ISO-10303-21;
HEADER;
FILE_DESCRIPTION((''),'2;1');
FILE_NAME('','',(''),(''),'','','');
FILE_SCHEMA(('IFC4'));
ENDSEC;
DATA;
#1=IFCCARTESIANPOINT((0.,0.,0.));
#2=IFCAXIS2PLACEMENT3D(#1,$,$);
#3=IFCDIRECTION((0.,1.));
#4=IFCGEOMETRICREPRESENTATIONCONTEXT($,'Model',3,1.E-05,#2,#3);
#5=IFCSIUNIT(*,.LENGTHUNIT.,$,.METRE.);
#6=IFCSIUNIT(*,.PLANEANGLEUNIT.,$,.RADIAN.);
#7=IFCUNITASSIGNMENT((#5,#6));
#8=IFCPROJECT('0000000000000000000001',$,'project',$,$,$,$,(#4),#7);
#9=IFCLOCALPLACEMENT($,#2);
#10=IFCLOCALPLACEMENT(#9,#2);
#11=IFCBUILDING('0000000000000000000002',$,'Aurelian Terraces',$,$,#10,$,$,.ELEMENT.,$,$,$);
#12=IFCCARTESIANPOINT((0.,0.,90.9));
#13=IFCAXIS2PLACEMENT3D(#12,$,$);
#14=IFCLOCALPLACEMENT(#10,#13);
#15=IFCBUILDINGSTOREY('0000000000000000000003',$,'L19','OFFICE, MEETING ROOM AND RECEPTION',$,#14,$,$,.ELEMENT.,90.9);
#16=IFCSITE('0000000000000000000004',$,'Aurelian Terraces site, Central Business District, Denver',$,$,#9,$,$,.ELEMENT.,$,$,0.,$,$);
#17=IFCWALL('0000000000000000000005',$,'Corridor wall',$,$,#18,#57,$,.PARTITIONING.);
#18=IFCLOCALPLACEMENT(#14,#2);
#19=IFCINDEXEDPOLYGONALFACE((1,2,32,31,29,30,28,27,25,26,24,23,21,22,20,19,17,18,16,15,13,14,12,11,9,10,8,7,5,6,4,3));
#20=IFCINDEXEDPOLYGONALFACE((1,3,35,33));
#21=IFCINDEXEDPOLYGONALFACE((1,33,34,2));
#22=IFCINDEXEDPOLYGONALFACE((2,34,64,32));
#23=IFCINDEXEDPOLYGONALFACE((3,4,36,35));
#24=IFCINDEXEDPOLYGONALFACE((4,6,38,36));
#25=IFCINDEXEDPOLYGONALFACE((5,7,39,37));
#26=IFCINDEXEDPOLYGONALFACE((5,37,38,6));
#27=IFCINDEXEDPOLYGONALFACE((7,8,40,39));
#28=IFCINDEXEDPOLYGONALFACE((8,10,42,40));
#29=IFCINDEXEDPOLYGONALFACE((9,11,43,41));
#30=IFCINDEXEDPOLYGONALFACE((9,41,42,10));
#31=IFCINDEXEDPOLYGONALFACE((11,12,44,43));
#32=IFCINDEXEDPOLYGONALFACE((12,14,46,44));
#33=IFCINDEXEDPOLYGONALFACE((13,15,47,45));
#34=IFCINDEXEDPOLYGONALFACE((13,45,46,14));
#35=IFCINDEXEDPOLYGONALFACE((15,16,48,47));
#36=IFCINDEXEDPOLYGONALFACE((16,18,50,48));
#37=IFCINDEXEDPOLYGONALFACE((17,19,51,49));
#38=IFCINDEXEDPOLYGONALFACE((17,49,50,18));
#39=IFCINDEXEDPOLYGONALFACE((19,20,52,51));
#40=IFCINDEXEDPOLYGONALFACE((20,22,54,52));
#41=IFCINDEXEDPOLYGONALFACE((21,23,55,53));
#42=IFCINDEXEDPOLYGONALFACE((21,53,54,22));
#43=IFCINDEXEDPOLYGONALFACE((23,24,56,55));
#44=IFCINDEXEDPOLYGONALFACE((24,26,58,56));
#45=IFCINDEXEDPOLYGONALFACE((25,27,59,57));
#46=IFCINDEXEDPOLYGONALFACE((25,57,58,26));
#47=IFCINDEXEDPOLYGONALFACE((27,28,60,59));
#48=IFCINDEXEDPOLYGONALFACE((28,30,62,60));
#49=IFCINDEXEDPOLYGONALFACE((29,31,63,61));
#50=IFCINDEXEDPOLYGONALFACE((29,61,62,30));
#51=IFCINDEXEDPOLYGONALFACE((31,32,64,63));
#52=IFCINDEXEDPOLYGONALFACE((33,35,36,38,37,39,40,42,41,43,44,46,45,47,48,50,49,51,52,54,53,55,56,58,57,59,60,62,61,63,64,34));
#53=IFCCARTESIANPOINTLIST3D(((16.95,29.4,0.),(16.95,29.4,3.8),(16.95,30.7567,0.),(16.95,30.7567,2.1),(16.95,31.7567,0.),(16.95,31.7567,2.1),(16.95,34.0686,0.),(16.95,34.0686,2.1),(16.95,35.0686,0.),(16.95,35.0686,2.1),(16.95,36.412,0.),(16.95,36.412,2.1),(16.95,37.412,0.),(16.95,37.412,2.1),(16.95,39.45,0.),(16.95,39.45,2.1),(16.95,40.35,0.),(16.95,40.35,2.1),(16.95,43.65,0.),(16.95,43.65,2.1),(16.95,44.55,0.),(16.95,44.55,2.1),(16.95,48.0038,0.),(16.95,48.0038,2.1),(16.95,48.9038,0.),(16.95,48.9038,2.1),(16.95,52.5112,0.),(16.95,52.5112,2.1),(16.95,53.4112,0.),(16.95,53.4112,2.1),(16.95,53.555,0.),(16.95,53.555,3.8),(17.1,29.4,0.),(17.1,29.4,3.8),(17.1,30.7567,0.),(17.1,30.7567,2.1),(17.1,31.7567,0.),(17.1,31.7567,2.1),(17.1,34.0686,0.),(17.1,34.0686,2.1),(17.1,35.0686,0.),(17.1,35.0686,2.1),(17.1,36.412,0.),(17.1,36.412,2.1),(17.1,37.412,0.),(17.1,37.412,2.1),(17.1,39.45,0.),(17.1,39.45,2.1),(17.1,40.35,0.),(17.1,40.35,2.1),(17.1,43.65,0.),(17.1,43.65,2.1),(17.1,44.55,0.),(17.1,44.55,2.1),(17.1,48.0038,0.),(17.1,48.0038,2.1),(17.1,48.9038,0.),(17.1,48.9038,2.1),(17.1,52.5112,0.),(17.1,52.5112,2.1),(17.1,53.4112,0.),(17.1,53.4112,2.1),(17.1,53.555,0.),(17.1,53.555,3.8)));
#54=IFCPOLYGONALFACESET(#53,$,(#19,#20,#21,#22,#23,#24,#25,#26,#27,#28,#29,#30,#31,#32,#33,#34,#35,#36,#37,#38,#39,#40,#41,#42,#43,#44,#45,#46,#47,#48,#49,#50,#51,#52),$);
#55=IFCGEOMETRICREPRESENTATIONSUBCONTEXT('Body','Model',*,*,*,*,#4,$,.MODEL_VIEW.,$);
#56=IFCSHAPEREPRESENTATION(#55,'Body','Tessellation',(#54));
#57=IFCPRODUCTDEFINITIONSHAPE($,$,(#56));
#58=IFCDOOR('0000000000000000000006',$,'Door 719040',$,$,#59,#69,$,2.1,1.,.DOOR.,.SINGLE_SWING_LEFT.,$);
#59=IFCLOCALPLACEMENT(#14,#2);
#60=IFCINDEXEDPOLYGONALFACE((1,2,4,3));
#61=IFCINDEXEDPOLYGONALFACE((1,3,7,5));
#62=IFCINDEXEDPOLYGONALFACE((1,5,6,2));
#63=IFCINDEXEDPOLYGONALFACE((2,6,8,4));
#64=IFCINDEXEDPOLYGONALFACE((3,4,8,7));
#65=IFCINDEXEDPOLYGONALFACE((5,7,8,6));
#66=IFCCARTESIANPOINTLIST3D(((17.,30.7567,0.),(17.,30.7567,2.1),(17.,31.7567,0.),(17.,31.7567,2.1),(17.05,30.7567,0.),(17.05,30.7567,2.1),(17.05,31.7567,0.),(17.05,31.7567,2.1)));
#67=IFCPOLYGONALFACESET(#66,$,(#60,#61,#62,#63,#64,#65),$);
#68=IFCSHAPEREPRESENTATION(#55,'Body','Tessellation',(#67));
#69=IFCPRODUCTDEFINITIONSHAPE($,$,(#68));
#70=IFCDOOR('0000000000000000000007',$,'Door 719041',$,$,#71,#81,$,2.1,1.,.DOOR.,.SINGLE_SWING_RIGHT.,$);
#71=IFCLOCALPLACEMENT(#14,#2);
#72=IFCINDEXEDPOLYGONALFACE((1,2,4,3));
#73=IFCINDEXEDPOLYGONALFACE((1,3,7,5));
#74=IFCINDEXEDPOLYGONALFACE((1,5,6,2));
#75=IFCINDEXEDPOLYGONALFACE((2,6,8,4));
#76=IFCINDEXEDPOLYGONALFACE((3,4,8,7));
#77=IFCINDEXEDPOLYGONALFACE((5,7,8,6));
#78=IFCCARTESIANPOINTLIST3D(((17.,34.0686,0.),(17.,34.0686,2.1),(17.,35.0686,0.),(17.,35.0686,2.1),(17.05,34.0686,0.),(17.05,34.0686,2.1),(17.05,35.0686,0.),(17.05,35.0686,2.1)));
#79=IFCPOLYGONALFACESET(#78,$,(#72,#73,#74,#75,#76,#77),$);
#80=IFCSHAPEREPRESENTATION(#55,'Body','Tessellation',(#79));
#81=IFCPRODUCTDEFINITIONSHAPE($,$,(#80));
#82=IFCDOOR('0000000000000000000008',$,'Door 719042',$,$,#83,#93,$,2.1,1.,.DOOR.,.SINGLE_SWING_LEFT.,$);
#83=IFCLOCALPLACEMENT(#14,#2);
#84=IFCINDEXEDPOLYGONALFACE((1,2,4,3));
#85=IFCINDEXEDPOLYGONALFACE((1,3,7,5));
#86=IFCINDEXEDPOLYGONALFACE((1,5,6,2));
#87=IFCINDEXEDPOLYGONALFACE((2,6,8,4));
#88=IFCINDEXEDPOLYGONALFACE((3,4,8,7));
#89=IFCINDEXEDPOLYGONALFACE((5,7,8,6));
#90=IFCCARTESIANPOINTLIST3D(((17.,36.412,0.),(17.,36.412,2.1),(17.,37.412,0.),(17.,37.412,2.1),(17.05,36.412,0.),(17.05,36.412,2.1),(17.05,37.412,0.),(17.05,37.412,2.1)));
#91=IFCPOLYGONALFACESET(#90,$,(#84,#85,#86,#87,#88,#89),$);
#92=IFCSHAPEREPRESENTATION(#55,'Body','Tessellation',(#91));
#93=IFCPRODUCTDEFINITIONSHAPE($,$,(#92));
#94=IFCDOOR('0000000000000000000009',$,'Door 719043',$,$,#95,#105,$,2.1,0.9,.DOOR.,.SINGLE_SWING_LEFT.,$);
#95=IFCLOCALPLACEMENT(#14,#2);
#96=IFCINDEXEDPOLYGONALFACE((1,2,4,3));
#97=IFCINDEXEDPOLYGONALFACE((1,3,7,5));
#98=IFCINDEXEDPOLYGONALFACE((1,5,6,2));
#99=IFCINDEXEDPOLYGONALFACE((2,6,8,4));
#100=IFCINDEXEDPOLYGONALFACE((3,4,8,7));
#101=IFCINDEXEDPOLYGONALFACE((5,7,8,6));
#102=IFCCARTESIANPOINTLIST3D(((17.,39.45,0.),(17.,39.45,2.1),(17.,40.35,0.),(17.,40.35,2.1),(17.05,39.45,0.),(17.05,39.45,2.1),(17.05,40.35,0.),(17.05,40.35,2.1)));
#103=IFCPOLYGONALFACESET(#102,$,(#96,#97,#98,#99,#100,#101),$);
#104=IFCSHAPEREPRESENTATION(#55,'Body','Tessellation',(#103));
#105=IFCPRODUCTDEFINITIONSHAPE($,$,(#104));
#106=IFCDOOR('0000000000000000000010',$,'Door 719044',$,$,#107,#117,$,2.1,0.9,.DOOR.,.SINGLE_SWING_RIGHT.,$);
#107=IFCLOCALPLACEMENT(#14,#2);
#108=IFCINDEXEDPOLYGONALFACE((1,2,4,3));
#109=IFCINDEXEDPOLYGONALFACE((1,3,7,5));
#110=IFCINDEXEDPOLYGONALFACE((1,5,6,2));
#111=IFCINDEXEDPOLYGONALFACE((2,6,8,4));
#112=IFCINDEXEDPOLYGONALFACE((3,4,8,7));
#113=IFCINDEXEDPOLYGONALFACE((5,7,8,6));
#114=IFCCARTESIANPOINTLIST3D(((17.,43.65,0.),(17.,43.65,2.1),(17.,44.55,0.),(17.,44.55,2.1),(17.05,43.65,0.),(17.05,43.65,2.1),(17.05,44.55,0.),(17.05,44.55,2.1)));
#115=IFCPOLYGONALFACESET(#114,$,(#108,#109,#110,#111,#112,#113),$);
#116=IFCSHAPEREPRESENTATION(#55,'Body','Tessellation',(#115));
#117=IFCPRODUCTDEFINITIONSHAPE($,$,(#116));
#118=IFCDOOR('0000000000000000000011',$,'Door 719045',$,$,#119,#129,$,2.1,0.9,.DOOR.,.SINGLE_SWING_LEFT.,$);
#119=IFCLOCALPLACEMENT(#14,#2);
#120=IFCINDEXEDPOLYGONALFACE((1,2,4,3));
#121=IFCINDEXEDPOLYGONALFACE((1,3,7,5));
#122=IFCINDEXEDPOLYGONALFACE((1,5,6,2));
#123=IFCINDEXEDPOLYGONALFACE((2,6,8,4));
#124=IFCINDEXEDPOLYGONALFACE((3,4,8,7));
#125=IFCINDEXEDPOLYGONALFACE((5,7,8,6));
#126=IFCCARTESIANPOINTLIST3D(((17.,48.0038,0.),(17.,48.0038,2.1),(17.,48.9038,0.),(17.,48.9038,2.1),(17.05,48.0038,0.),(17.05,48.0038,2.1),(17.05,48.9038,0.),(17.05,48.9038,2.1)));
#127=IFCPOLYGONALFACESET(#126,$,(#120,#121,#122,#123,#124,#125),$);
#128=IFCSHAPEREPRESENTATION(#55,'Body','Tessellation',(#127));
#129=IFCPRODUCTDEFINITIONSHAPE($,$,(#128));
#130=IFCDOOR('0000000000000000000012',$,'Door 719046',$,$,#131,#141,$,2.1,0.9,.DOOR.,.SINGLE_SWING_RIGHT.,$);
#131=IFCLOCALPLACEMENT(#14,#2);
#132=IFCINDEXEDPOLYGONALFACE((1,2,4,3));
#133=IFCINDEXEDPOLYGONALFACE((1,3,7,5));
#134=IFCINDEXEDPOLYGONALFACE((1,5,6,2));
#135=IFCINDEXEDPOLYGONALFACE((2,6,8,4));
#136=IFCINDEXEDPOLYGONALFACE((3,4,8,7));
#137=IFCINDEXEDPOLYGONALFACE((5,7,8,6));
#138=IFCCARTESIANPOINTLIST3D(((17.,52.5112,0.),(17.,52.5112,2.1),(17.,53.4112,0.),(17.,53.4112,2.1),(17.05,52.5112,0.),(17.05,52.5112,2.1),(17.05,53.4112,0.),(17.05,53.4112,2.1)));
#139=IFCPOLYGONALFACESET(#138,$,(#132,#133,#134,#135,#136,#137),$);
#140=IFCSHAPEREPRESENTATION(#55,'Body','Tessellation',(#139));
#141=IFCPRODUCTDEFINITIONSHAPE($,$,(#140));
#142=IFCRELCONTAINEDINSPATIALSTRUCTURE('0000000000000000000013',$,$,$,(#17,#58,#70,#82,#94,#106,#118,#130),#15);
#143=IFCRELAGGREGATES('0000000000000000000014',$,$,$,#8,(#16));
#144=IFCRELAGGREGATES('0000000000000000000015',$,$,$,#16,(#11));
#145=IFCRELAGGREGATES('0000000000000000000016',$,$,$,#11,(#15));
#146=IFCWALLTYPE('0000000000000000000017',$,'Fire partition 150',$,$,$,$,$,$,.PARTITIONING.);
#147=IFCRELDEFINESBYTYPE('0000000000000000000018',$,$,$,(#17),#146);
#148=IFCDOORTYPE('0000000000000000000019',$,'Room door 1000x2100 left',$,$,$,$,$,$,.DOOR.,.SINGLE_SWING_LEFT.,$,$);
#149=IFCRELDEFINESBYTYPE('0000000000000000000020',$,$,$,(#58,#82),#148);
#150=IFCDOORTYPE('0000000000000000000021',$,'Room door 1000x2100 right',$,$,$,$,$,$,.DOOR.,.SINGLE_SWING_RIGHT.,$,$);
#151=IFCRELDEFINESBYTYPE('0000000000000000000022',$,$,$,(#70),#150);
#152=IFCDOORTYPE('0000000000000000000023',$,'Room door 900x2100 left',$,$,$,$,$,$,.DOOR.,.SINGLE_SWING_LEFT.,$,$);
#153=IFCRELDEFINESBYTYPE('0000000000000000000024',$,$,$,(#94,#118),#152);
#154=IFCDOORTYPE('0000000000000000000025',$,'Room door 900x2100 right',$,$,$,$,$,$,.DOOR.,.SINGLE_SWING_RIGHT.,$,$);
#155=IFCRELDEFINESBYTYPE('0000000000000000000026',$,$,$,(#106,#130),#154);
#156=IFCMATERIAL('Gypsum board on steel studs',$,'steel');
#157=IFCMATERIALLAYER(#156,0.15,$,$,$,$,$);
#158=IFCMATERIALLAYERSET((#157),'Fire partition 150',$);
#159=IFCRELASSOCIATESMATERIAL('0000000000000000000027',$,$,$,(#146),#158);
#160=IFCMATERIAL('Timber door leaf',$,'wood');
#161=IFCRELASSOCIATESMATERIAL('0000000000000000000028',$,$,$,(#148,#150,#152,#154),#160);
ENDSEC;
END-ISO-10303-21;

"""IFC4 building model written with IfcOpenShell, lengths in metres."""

from ifc_helpers import new_model, si_unit, direction, frame, frame_2d, origin, place, context, subcontext, project, spatial, rectangle, extrude, source, transform, mapped, material, layer, layer_set, type_object, element, fill, save


model = new_model("IFC4")

# Units and contexts
model_context = context("Model", 3, precision=1e-05, world=origin(), true_north=direction((0.0, 1.0)))
body_context = subcontext(model_context, "Body", "Model", "MODEL_VIEW")
ifc_project = project(units=[si_unit("LENGTHUNIT", "METRE"), si_unit("PLANEANGLEUNIT", "RADIAN")], contexts=[model_context])

# Site, building, storey
site_placement = place(None, origin())
site = spatial("IfcSite", under=ifc_project, at=site_placement, Name="Aurelian Terraces site, Central Business District, Denver", CompositionType="ELEMENT", RefElevation=0.0)
building_placement = place(site_placement, origin())
building = spatial("IfcBuilding", under=site, at=building_placement, Name="Aurelian Terraces", CompositionType="ELEMENT")
storey_placement = place(building_placement, frame((0.0, 0.0, 90.9)))
storey = spatial("IfcBuildingStorey", under=building, at=storey_placement, Name="L19", Description="OFFICE, MEETING ROOM AND RECEPTION", CompositionType="ELEMENT", Elevation=90.9)

# Wall, openings, doors
ifc_material_1 = material(Name="Gypsum board on steel studs", Category="steel")
ifc_layer_1 = layer(ifc_material_1, 0.15)
ifc_layer_set_1 = layer_set([ifc_layer_1], Name="Fire partition 150")
wall_type_1 = type_object("IfcWallType", Name="Fire partition 150", PredefinedType="PARTITIONING", material=ifc_layer_set_1)
wall_1_placement = place(storey_placement, frame((17.025, 53.555, 0.0), z_axis=(0.0, 0.0, 1.0), x_axis=(0.0, -1.0, 0.0)))
wall_1 = element("IfcWall", 1, at=wall_1_placement, inside=storey, type_object=wall_type_1, Name="Corridor wall", PredefinedType="PARTITIONING", context=body_context, shape_type="SweptSolid", body=[
    extrude(rectangle(XDim=24.155, YDim=0.15, at=frame_2d((12.0775, 0.0))), origin(), (0.0, 0.0, 1.0), 3.8),
])
shared_shape_1 = source(origin(), body_context, "Body", "SweptSolid", [
    extrude(rectangle(XDim=1.0, YDim=2.1, at=frame_2d((0.5, 1.05))), frame((0.0, 0.085, 0.0), z_axis=(0.0, -1.0, 0.0), x_axis=(1.0, 0.0, 0.0)), (0.0, 0.0, 1.0), 0.17),
])
opening_1_placement = place(wall_1_placement, frame((21.7983, 0.0, 0.0)))
opening_1 = element("IfcOpeningElement", 2, at=opening_1_placement, cuts=wall_1, PredefinedType="OPENING", context=body_context, shape_type="MappedRepresentation", body=[
    mapped(shared_shape_1, transform((0.0, 0.0, 0.0), scale=1.0)),
])
opening_2_placement = place(wall_1_placement, frame((18.4864, 0.0, 0.0)))
opening_2 = element("IfcOpeningElement", 3, at=opening_2_placement, cuts=wall_1, PredefinedType="OPENING", context=body_context, shape_type="MappedRepresentation", body=[
    mapped(shared_shape_1, transform((0.0, 0.0, 0.0), scale=1.0)),
])
opening_3_placement = place(wall_1_placement, frame((16.143, 0.0, 0.0)))
opening_3 = element("IfcOpeningElement", 4, at=opening_3_placement, cuts=wall_1, PredefinedType="OPENING", context=body_context, shape_type="MappedRepresentation", body=[
    mapped(shared_shape_1, transform((0.0, 0.0, 0.0), scale=1.0)),
])
shared_shape_2 = source(origin(), body_context, "Body", "SweptSolid", [
    extrude(rectangle(XDim=0.9, YDim=2.1, at=frame_2d((0.45, 1.05))), frame((0.0, 0.085, 0.0), z_axis=(0.0, -1.0, 0.0), x_axis=(1.0, 0.0, 0.0)), (0.0, 0.0, 1.0), 0.17),
])
opening_4_placement = place(wall_1_placement, frame((13.205, 0.0, 0.0)))
opening_4 = element("IfcOpeningElement", 5, at=opening_4_placement, cuts=wall_1, PredefinedType="OPENING", context=body_context, shape_type="MappedRepresentation", body=[
    mapped(shared_shape_2, transform((0.0, 0.0, 0.0), scale=1.0)),
])
opening_5_placement = place(wall_1_placement, frame((9.005, 0.0, 0.0)))
opening_5 = element("IfcOpeningElement", 6, at=opening_5_placement, cuts=wall_1, PredefinedType="OPENING", context=body_context, shape_type="MappedRepresentation", body=[
    mapped(shared_shape_2, transform((0.0, 0.0, 0.0), scale=1.0)),
])
opening_6_placement = place(wall_1_placement, frame((4.6512, 0.0, 0.0)))
opening_6 = element("IfcOpeningElement", 7, at=opening_6_placement, cuts=wall_1, PredefinedType="OPENING", context=body_context, shape_type="MappedRepresentation", body=[
    mapped(shared_shape_2, transform((0.0, 0.0, 0.0), scale=1.0)),
])
opening_7_placement = place(wall_1_placement, frame((0.1438, 0.0, 0.0)))
opening_7 = element("IfcOpeningElement", 8, at=opening_7_placement, cuts=wall_1, PredefinedType="OPENING", context=body_context, shape_type="MappedRepresentation", body=[
    mapped(shared_shape_2, transform((0.0, 0.0, 0.0), scale=1.0)),
])
ifc_material_2 = material(Name="Timber door leaf", Category="wood")
door_type_1 = type_object("IfcDoorType", Name="Room door 1000x2100 left", OperationType="SINGLE_SWING_LEFT", PredefinedType="DOOR", material=ifc_material_2)
shared_shape_3 = source(origin(), body_context, "Body", "SweptSolid", [
    extrude(rectangle(XDim=1.0, YDim=2.1, at=frame_2d((0.5, 1.05))), frame((0.0, 0.025, 0.0), z_axis=(0.0, -1.0, 0.0), x_axis=(1.0, 0.0, 0.0)), (0.0, 0.0, 1.0), 0.05),
])
door_1_placement = place(opening_1_placement, origin())
door_1 = element("IfcDoor", 9, at=door_1_placement, inside=storey, type_object=door_type_1, Name="Door 719040", OperationType="SINGLE_SWING_LEFT", OverallHeight=2.1, OverallWidth=1.0, PredefinedType="DOOR", context=body_context, shape_type="MappedRepresentation", body=[
    mapped(shared_shape_3, transform((0.0, 0.0, 0.0), scale=1.0)),
])
fill(opening_1, door_1)
door_type_2 = type_object("IfcDoorType", Name="Room door 1000x2100 right", OperationType="SINGLE_SWING_RIGHT", PredefinedType="DOOR", material=ifc_material_2)
door_2_placement = place(opening_2_placement, origin())
door_2 = element("IfcDoor", 10, at=door_2_placement, inside=storey, type_object=door_type_2, Name="Door 719041", OperationType="SINGLE_SWING_RIGHT", OverallHeight=2.1, OverallWidth=1.0, PredefinedType="DOOR", context=body_context, shape_type="MappedRepresentation", body=[
    mapped(shared_shape_3, transform((0.0, 0.0, 0.0), scale=1.0)),
])
fill(opening_2, door_2)
door_3_placement = place(opening_3_placement, origin())
door_3 = element("IfcDoor", 11, at=door_3_placement, inside=storey, type_object=door_type_1, Name="Door 719042", OperationType="SINGLE_SWING_LEFT", OverallHeight=2.1, OverallWidth=1.0, PredefinedType="DOOR", context=body_context, shape_type="MappedRepresentation", body=[
    mapped(shared_shape_3, transform((0.0, 0.0, 0.0), scale=1.0)),
])
fill(opening_3, door_3)
door_type_3 = type_object("IfcDoorType", Name="Room door 900x2100 left", OperationType="SINGLE_SWING_LEFT", PredefinedType="DOOR", material=ifc_material_2)
shared_shape_4 = source(origin(), body_context, "Body", "SweptSolid", [
    extrude(rectangle(XDim=0.9, YDim=2.1, at=frame_2d((0.45, 1.05))), frame((0.0, 0.025, 0.0), z_axis=(0.0, -1.0, 0.0), x_axis=(1.0, 0.0, 0.0)), (0.0, 0.0, 1.0), 0.05),
])
door_4_placement = place(opening_4_placement, origin())
door_4 = element("IfcDoor", 12, at=door_4_placement, inside=storey, type_object=door_type_3, Name="Door 719043", OperationType="SINGLE_SWING_LEFT", OverallHeight=2.1, OverallWidth=0.9, PredefinedType="DOOR", context=body_context, shape_type="MappedRepresentation", body=[
    mapped(shared_shape_4, transform((0.0, 0.0, 0.0), scale=1.0)),
])
fill(opening_4, door_4)
door_type_4 = type_object("IfcDoorType", Name="Room door 900x2100 right", OperationType="SINGLE_SWING_RIGHT", PredefinedType="DOOR", material=ifc_material_2)
door_5_placement = place(opening_5_placement, origin())
door_5 = element("IfcDoor", 13, at=door_5_placement, inside=storey, type_object=door_type_4, Name="Door 719044", OperationType="SINGLE_SWING_RIGHT", OverallHeight=2.1, OverallWidth=0.9, PredefinedType="DOOR", context=body_context, shape_type="MappedRepresentation", body=[
    mapped(shared_shape_4, transform((0.0, 0.0, 0.0), scale=1.0)),
])
fill(opening_5, door_5)
door_6_placement = place(opening_6_placement, origin())
door_6 = element("IfcDoor", 14, at=door_6_placement, inside=storey, type_object=door_type_3, Name="Door 719045", OperationType="SINGLE_SWING_LEFT", OverallHeight=2.1, OverallWidth=0.9, PredefinedType="DOOR", context=body_context, shape_type="MappedRepresentation", body=[
    mapped(shared_shape_4, transform((0.0, 0.0, 0.0), scale=1.0)),
])
fill(opening_6, door_6)
door_7_placement = place(opening_7_placement, origin())
door_7 = element("IfcDoor", 15, at=door_7_placement, inside=storey, type_object=door_type_4, Name="Door 719046", OperationType="SINGLE_SWING_RIGHT", OverallHeight=2.1, OverallWidth=0.9, PredefinedType="DOOR", context=body_context, shape_type="MappedRepresentation", body=[
    mapped(shared_shape_4, transform((0.0, 0.0, 0.0), scale=1.0)),
])
fill(opening_7, door_7)

save(model, "model.ifc")
